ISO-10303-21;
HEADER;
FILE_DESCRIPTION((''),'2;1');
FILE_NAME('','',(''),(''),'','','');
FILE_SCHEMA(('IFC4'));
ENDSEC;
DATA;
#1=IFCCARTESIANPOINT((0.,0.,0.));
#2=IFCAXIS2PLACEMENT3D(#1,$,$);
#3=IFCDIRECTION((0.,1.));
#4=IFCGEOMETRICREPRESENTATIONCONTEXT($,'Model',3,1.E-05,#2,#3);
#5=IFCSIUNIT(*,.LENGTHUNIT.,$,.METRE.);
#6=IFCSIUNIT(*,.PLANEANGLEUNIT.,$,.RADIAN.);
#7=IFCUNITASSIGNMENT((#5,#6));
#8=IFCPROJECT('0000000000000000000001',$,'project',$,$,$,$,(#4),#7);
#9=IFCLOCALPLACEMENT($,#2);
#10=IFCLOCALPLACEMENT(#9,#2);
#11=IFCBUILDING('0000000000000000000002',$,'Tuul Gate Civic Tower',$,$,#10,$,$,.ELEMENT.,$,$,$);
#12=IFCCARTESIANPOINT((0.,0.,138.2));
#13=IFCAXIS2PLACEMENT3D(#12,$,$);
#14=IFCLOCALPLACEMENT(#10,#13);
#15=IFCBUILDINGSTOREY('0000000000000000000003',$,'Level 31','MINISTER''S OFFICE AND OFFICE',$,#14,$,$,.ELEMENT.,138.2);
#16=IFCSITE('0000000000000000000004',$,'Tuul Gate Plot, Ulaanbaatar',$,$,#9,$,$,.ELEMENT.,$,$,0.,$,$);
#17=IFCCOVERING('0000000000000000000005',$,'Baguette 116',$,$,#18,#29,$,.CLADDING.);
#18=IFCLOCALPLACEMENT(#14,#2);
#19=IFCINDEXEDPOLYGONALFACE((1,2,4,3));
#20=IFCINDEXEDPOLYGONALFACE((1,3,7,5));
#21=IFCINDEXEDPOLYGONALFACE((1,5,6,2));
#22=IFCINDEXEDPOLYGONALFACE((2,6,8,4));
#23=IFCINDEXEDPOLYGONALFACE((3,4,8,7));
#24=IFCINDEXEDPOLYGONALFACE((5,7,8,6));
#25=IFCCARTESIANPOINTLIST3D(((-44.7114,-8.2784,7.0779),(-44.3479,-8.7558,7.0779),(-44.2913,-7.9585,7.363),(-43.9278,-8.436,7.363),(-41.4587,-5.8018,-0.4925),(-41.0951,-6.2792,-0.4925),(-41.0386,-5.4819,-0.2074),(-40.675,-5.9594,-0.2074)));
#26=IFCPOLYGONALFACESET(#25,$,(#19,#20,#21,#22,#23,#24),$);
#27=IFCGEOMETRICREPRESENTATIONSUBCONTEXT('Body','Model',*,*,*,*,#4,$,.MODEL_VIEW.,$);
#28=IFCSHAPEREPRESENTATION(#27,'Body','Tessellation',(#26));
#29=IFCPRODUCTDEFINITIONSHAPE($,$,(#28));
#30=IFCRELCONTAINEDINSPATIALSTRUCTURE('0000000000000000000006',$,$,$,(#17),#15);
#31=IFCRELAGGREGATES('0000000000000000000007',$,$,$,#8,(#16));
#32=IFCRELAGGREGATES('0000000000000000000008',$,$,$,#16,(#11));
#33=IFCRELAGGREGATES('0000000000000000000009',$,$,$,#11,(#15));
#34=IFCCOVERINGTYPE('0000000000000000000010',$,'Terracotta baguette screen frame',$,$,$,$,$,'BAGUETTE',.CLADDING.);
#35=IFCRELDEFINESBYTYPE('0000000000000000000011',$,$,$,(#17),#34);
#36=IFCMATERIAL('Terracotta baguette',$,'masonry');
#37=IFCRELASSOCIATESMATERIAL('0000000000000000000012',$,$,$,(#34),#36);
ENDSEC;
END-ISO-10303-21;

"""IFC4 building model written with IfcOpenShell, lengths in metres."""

from ifc_helpers import new_model, si_unit, direction, frame, origin, origin_2d, place, context, subcontext, project, spatial, rectangle, extrude, material, material_profile, profile_set, type_object, element, save


model = new_model("IFC4")

# Units and contexts
model_context = context("Model", 3, precision=1e-05, world=origin(), true_north=direction((0.0, 1.0)))
body_context = subcontext(model_context, "Body", "Model", "MODEL_VIEW")
ifc_project = project(units=[si_unit("LENGTHUNIT", "METRE"), si_unit("PLANEANGLEUNIT", "RADIAN")], contexts=[model_context])

# Site, building, storey
site_placement = place(None, origin())
site = spatial("IfcSite", under=ifc_project, at=site_placement, Name="Tuul Gate Plot, Ulaanbaatar", CompositionType="ELEMENT", RefElevation=0.0)
building_placement = place(site_placement, origin())
building = spatial("IfcBuilding", under=site, at=building_placement, Name="Tuul Gate Civic Tower", CompositionType="ELEMENT")
storey_placement = place(building_placement, frame((0.0, 0.0, 138.2)))
storey = spatial("IfcBuildingStorey", under=building, at=storey_placement, Name="Level 31", Description="MINISTER'S OFFICE AND OFFICE", CompositionType="ELEMENT", Elevation=138.2)

# Covering
ifc_material_1 = material(Name="Terracotta baguette", Category="masonry")
ifc_material_profile_1 = material_profile(ifc_material_1, rectangle(XDim=0.6001, YDim=0.6001, at=origin_2d()), Name="Terracotta baguette screen frame")
ifc_profile_set_1 = profile_set([ifc_material_profile_1], Name="Terracotta baguette")
covering_type = type_object("IfcCoveringType", Name="Terracotta baguette screen frame", ElementType="BAGUETTE", PredefinedType="CLADDING", material=ifc_profile_set_1)
covering_placement = place(storey_placement, frame((-44.3196, -8.3572, 7.2205), z_axis=(0.378058, 0.28785, -0.879894), x_axis=(-0.605784, 0.795629, 0.0)))
element("IfcCovering", 1, at=covering_placement, inside=storey, type_object=covering_type, Name="Baguette 116", PredefinedType="CLADDING", context=body_context, shape_type="SweptSolid", body=[
    extrude(rectangle(XDim=0.6001, YDim=0.6001, at=origin_2d()), origin(), (0.0, 0.0, 1.0), 8.6038),
])

save(model, "model.ifc")
